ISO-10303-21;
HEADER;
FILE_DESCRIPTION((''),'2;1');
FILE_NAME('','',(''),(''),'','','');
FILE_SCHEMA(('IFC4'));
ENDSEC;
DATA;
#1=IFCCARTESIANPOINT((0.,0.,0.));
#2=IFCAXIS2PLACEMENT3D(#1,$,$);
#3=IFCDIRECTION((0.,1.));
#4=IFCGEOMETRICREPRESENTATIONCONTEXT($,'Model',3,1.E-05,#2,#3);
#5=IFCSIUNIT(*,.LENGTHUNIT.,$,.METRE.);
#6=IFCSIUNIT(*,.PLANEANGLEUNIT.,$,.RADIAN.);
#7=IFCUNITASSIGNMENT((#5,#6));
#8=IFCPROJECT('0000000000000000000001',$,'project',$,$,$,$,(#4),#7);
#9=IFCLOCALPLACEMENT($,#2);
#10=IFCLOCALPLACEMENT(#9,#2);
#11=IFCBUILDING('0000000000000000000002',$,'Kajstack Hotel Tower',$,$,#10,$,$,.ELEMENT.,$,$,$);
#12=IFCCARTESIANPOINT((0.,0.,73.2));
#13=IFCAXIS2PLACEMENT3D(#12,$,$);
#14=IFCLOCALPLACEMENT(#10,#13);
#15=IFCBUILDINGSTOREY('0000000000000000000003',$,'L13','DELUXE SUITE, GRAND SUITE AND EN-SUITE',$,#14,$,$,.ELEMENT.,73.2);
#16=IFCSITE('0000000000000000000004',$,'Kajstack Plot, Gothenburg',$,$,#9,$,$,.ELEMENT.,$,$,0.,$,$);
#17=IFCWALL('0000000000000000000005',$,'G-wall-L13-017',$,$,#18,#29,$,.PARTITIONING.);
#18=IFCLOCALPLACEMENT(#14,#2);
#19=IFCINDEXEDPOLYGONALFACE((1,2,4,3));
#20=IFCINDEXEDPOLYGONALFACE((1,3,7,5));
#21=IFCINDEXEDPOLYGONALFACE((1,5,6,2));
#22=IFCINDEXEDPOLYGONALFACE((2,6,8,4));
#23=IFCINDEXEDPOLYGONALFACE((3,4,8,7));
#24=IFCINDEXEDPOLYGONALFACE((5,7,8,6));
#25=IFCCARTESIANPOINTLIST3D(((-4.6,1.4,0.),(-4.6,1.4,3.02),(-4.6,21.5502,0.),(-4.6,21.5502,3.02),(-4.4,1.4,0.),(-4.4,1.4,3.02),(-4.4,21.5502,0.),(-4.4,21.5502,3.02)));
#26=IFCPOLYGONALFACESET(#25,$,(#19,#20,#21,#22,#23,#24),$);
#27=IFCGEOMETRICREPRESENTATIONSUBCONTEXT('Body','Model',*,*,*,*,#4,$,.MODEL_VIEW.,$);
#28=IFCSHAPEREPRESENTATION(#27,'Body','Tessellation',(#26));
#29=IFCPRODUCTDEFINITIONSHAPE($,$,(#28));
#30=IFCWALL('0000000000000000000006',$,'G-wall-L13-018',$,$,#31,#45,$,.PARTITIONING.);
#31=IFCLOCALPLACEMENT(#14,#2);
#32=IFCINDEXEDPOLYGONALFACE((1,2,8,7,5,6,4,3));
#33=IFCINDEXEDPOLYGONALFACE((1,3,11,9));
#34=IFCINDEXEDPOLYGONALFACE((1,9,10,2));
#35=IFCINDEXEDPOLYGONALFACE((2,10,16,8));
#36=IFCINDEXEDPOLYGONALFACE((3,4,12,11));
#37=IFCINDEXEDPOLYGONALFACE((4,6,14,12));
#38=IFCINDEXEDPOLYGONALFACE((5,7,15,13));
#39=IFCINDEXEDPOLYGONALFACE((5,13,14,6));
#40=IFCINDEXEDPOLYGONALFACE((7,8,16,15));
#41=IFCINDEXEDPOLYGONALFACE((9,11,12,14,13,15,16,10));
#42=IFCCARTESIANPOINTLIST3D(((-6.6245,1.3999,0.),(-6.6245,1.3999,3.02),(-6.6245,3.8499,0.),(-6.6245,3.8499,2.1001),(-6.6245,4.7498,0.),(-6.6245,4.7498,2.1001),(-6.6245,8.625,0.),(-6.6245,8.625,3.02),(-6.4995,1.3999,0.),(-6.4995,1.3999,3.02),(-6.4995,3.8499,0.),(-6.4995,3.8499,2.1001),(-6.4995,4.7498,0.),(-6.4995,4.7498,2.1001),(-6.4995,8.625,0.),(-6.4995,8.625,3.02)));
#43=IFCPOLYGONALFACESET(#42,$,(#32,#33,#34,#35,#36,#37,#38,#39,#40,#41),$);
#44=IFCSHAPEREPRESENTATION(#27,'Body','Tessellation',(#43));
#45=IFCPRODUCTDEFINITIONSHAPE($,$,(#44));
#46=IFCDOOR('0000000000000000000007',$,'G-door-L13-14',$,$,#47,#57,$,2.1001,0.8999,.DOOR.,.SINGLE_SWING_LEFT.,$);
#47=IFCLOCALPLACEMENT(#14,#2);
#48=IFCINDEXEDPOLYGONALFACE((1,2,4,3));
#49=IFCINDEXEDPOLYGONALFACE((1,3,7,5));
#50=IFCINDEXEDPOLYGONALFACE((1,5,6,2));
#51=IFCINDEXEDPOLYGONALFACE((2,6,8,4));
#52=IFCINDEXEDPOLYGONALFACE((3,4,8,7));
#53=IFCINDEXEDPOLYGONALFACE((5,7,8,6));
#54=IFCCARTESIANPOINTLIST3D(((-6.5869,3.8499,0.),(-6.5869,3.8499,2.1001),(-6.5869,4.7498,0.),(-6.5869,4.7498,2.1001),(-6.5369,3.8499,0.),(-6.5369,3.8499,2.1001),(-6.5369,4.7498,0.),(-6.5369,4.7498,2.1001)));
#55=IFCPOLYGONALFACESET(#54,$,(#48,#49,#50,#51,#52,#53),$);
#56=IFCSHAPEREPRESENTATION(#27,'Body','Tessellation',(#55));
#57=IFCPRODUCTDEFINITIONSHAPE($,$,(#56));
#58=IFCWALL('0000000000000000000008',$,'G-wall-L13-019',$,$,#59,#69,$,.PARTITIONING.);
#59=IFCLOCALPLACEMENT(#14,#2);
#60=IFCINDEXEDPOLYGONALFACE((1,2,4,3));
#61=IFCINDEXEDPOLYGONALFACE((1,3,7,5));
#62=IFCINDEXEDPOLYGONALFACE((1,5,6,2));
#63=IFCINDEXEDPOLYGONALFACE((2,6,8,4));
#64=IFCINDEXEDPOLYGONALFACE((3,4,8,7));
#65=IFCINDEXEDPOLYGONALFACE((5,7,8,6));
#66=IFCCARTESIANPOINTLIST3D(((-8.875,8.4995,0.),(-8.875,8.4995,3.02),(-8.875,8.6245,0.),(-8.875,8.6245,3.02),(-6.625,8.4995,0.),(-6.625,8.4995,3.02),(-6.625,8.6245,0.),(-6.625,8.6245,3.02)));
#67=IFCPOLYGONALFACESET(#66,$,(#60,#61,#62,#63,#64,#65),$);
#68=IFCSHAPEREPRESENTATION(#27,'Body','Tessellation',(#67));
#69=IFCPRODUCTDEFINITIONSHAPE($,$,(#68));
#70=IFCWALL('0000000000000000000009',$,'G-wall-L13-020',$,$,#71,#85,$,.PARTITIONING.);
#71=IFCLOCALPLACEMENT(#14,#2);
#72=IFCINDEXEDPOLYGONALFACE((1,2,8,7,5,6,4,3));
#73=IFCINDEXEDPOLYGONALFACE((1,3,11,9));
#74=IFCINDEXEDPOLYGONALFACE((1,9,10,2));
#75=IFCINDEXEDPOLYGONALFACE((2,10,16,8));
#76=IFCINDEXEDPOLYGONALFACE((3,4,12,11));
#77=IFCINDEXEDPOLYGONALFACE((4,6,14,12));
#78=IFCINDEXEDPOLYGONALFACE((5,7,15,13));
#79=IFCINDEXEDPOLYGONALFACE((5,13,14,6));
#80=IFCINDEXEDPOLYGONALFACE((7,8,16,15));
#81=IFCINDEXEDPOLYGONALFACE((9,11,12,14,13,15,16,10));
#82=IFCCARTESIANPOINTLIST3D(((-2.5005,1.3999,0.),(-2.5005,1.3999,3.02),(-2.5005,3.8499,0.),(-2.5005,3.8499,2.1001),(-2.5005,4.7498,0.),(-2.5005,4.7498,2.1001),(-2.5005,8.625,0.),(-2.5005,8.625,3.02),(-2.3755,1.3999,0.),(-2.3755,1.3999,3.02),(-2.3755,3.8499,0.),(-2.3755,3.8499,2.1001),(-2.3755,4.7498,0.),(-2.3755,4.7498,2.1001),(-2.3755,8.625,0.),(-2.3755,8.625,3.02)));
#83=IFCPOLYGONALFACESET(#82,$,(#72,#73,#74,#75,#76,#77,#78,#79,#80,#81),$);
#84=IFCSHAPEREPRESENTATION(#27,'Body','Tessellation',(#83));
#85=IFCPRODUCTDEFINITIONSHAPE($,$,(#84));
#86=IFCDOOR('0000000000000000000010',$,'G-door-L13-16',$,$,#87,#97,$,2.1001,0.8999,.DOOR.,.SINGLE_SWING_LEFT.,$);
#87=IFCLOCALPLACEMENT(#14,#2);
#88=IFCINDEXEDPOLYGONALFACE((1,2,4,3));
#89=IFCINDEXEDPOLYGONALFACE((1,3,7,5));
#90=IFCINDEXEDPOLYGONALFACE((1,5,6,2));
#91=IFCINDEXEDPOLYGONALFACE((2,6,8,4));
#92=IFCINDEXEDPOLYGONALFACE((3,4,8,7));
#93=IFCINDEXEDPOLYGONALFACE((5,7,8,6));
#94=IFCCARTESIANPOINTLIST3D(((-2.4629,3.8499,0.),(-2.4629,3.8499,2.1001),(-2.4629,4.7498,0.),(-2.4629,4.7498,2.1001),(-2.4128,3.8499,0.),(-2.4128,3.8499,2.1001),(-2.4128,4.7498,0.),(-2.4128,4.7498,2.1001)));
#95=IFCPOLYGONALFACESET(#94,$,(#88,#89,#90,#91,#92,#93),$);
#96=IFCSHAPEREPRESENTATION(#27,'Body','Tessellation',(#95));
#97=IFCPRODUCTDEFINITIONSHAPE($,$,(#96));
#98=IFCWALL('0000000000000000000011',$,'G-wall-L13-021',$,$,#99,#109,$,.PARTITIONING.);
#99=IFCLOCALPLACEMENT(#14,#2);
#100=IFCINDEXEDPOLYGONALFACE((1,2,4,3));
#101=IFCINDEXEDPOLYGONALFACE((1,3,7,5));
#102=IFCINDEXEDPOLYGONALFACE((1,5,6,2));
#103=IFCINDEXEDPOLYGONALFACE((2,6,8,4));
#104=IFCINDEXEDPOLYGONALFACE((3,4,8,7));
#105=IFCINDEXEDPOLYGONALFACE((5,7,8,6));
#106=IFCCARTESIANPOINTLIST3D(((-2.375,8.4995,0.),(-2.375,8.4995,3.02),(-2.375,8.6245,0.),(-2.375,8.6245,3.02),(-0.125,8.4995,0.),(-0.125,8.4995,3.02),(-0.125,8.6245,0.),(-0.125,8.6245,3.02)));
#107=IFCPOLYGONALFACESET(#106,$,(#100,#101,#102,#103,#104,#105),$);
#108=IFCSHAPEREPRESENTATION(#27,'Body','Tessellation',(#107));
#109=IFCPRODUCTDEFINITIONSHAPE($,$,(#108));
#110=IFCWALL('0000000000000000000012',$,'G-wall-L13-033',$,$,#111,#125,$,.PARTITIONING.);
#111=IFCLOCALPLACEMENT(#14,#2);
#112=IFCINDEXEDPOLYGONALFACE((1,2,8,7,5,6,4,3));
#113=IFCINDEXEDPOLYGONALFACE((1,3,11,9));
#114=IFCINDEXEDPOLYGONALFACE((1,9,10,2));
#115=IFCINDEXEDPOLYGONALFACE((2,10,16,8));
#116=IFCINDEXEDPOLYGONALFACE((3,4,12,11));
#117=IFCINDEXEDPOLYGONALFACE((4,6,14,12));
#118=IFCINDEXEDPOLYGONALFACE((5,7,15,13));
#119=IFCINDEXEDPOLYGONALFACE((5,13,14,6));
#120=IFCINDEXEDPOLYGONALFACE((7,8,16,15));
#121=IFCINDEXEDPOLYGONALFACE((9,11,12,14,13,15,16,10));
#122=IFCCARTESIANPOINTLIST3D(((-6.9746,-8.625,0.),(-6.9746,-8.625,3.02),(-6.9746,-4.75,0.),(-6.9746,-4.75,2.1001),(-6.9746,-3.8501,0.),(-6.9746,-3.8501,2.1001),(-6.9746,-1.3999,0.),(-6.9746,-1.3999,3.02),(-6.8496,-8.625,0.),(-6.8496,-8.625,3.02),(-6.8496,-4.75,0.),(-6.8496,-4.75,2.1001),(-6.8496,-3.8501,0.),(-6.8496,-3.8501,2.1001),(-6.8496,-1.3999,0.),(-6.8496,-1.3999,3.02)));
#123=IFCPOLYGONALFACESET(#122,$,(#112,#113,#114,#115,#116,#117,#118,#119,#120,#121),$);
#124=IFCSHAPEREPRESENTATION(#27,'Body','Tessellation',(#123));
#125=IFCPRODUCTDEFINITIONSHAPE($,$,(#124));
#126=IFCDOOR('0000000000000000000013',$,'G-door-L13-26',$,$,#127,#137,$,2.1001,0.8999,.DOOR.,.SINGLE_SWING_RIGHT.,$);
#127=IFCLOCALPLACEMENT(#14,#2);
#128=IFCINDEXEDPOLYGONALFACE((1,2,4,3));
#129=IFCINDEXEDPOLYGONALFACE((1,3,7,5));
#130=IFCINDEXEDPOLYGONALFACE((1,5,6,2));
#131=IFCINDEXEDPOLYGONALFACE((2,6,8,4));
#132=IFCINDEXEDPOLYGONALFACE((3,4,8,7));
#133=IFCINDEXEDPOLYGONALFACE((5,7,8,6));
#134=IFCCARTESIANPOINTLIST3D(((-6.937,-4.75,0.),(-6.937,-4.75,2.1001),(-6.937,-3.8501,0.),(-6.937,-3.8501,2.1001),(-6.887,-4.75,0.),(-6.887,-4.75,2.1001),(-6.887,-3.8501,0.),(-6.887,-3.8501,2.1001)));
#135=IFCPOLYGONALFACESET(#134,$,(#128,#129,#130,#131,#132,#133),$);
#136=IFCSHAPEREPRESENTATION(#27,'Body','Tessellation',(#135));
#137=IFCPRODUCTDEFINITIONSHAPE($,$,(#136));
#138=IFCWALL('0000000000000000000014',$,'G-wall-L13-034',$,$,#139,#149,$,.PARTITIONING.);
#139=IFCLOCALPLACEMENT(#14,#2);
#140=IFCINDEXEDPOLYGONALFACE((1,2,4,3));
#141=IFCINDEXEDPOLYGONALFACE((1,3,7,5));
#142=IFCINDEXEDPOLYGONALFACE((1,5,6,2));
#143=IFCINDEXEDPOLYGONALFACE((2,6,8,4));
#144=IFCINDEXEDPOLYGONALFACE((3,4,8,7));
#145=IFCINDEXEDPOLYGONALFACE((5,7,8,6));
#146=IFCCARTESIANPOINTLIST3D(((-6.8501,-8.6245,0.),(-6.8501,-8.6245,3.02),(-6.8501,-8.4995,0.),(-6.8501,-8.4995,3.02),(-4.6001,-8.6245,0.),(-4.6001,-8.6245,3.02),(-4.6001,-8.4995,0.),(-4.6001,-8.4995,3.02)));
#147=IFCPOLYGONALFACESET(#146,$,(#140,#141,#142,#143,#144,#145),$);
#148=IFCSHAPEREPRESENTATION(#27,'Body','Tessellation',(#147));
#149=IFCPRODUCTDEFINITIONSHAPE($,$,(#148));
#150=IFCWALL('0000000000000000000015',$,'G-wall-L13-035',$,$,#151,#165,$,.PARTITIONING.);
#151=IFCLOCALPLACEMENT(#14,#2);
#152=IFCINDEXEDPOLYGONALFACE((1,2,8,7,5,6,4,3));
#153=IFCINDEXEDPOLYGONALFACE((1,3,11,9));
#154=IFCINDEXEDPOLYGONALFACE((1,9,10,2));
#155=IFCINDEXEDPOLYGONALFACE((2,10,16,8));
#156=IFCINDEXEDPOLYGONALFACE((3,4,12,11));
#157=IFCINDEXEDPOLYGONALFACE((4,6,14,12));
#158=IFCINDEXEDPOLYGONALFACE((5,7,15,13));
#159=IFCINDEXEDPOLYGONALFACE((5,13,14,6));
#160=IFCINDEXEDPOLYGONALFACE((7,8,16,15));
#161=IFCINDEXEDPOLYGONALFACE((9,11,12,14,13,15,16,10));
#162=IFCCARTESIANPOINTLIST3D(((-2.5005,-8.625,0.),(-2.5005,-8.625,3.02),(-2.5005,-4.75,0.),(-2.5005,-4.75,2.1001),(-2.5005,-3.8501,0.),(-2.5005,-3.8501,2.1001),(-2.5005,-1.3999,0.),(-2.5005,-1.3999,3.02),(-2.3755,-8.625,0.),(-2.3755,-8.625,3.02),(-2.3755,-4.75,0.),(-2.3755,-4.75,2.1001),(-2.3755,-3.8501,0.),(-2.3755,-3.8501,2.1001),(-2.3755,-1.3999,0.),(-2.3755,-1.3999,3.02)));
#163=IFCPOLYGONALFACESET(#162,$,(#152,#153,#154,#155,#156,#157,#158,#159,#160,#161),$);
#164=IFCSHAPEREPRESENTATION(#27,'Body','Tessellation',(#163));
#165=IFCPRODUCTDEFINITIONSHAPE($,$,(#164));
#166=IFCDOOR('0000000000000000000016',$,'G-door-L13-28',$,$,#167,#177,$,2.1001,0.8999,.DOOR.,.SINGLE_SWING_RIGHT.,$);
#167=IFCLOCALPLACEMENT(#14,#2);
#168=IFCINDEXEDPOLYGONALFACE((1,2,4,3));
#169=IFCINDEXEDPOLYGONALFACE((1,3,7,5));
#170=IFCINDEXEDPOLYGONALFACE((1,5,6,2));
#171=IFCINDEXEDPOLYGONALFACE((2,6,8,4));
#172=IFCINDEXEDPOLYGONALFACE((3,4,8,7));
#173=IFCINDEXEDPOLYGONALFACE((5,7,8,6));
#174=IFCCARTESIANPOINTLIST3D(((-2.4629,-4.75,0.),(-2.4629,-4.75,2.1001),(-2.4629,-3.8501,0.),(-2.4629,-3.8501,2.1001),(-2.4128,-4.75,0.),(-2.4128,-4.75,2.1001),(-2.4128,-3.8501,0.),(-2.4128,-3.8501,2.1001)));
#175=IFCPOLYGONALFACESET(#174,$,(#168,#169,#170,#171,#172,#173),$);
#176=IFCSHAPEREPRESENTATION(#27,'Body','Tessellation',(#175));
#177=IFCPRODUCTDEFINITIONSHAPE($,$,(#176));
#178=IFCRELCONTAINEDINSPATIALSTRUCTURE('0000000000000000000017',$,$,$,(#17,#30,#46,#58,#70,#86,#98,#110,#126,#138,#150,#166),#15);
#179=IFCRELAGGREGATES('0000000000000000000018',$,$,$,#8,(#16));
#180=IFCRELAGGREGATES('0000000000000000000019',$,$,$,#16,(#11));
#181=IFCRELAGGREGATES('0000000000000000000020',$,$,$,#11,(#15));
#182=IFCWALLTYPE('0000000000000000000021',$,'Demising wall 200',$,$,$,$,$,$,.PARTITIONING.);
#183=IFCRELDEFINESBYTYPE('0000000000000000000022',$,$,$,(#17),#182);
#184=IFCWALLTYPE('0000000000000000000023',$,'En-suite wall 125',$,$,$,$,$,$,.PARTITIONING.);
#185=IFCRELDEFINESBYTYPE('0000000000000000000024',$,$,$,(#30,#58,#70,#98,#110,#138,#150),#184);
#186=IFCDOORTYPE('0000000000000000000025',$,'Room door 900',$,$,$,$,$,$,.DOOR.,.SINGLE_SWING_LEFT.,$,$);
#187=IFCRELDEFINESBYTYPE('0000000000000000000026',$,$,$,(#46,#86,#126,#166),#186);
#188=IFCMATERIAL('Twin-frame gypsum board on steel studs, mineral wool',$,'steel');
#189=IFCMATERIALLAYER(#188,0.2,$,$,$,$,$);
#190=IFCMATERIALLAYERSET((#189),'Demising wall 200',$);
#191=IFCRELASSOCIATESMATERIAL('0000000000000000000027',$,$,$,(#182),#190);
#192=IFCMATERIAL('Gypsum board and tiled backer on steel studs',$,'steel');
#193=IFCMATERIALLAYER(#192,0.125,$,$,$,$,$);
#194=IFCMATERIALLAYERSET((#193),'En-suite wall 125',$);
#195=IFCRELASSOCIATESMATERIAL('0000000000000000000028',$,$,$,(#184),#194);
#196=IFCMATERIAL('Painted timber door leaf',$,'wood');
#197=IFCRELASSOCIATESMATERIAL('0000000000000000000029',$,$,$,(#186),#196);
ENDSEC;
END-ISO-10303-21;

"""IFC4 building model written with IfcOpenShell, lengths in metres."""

from ifc_helpers import new_model, si_unit, direction, frame, frame_2d, origin, place, context, subcontext, project, spatial, rectangle, extrude, material, layer, layer_set, type_object, element, fill, save


model = new_model("IFC4")

# Units and contexts
model_context = context("Model", 3, precision=1e-05, world=origin(), true_north=direction((0.0, 1.0)))
body_context = subcontext(model_context, "Body", "Model", "MODEL_VIEW")
ifc_project = project(units=[si_unit("LENGTHUNIT", "METRE"), si_unit("PLANEANGLEUNIT", "RADIAN")], contexts=[model_context])

# Site, building, storey
site_placement = place(None, origin())
site = spatial("IfcSite", under=ifc_project, at=site_placement, Name="Kajstack Plot, Gothenburg", CompositionType="ELEMENT", RefElevation=0.0)
building_placement = place(site_placement, origin())
building = spatial("IfcBuilding", under=site, at=building_placement, Name="Kajstack Hotel Tower", CompositionType="ELEMENT")
storey_placement = place(building_placement, frame((0.0, 0.0, 73.2)))
storey = spatial("IfcBuildingStorey", under=building, at=storey_placement, Name="L13", Description="DELUXE SUITE, GRAND SUITE AND EN-SUITE", CompositionType="ELEMENT", Elevation=73.2)

# Wall
ifc_material_1 = material(Name="Twin-frame gypsum board on steel studs, mineral wool", Category="steel")
ifc_layer_1 = layer(ifc_material_1, 0.2)
ifc_layer_set_1 = layer_set([ifc_layer_1], Name="Demising wall 200")
wall_type_1 = type_object("IfcWallType", Name="Demising wall 200", PredefinedType="PARTITIONING", material=ifc_layer_set_1)
wall_1_placement = place(storey_placement, frame((-4.5, 1.3999, 0.0), z_axis=(0.0, 0.0, 1.0), x_axis=(0.0, 1.0, 0.0)))
element("IfcWall", 1, at=wall_1_placement, inside=storey, type_object=wall_type_1, Name="G-wall-L13-017", PredefinedType="PARTITIONING", context=body_context, shape_type="SweptSolid", body=[
    extrude(rectangle(XDim=20.1501, YDim=0.2, at=frame_2d((10.0752, 0.0))), origin(), (0.0, 0.0, 1.0), 3.02),
])

# Wall, opening, door
ifc_material_2 = material(Name="Gypsum board and tiled backer on steel studs", Category="steel")
ifc_layer_2 = layer(ifc_material_2, 0.125)
ifc_layer_set_2 = layer_set([ifc_layer_2], Name="En-suite wall 125")
wall_type_2 = type_object("IfcWallType", Name="En-suite wall 125", PredefinedType="PARTITIONING", material=ifc_layer_set_2)
wall_2_placement = place(storey_placement, frame((-6.562, 1.3999, 0.0), z_axis=(0.0, 0.0, 1.0), x_axis=(0.0, 1.0, 0.0)))
wall_2 = element("IfcWall", 2, at=wall_2_placement, inside=storey, type_object=wall_type_2, Name="G-wall-L13-018", PredefinedType="PARTITIONING", context=body_context, shape_type="SweptSolid", body=[
    extrude(rectangle(XDim=7.2251, YDim=0.125, at=frame_2d((3.6125, 0.0))), origin(), (0.0, 0.0, 1.0), 3.02),
])
opening_1_placement = place(wall_2_placement, frame((2.45, 0.0, 0.0)))
opening_1 = element("IfcOpeningElement", 3, at=opening_1_placement, cuts=wall_2, PredefinedType="OPENING", context=body_context, shape_type="SweptSolid", body=[
    extrude(rectangle(XDim=0.8999, YDim=2.1001, at=frame_2d((0.45, 1.05))), frame((0.0, 0.0725, 0.0), z_axis=(0.0, -1.0, 0.0), x_axis=(1.0, 0.0, 0.0)), (0.0, 0.0, 1.0), 0.145),
])
ifc_material_3 = material(Name="Painted timber door leaf", Category="wood")
door_type = type_object("IfcDoorType", Name="Room door 900", OperationType="SINGLE_SWING_LEFT", PredefinedType="DOOR", material=ifc_material_3)
door_1_placement = place(opening_1_placement, origin())
door_1 = element("IfcDoor", 4, at=door_1_placement, inside=storey, type_object=door_type, Name="G-door-L13-14", OperationType="SINGLE_SWING_LEFT", OverallHeight=2.1001, OverallWidth=0.8999, PredefinedType="DOOR", context=body_context, shape_type="SweptSolid", body=[
    extrude(rectangle(XDim=0.8999, YDim=2.1001, at=frame_2d((0.45, 1.05))), frame((0.0, 0.0249, 0.0), z_axis=(0.0, -1.0, 0.0), x_axis=(1.0, 0.0, 0.0)), (0.0, 0.0, 1.0), 0.05),
])
fill(opening_1, door_1)

# Wall
wall_3_placement = place(storey_placement, frame((-8.875, 8.562, 0.0), z_axis=(0.0, 0.0, 1.0), x_axis=(1.0, 0.0, 0.0)))
element("IfcWall", 5, at=wall_3_placement, inside=storey, type_object=wall_type_2, Name="G-wall-L13-019", PredefinedType="PARTITIONING", context=body_context, shape_type="SweptSolid", body=[
    extrude(rectangle(XDim=2.25, YDim=0.125, at=frame_2d((1.125, 0.0))), origin(), (0.0, 0.0, 1.0), 3.02),
])

# Wall, opening, door
wall_4_placement = place(storey_placement, frame((-2.438, 1.3999, 0.0), z_axis=(0.0, 0.0, 1.0), x_axis=(0.0, 1.0, 0.0)))
wall_4 = element("IfcWall", 6, at=wall_4_placement, inside=storey, type_object=wall_type_2, Name="G-wall-L13-020", PredefinedType="PARTITIONING", context=body_context, shape_type="SweptSolid", body=[
    extrude(rectangle(XDim=7.2251, YDim=0.125, at=frame_2d((3.6125, 0.0))), origin(), (0.0, 0.0, 1.0), 3.02),
])
opening_2_placement = place(wall_4_placement, frame((2.45, 0.0, 0.0)))
opening_2 = element("IfcOpeningElement", 7, at=opening_2_placement, cuts=wall_4, PredefinedType="OPENING", context=body_context, shape_type="SweptSolid", body=[
    extrude(rectangle(XDim=0.8999, YDim=2.1001, at=frame_2d((0.45, 1.05))), frame((0.0, 0.0725, 0.0), z_axis=(0.0, -1.0, 0.0), x_axis=(1.0, 0.0, 0.0)), (0.0, 0.0, 1.0), 0.145),
])
door_2_placement = place(opening_2_placement, origin())
door_2 = element("IfcDoor", 8, at=door_2_placement, inside=storey, type_object=door_type, Name="G-door-L13-16", OperationType="SINGLE_SWING_LEFT", OverallHeight=2.1001, OverallWidth=0.8999, PredefinedType="DOOR", context=body_context, shape_type="SweptSolid", body=[
    extrude(rectangle(XDim=0.8999, YDim=2.1001, at=frame_2d((0.45, 1.05))), frame((0.0, 0.0249, 0.0), z_axis=(0.0, -1.0, 0.0), x_axis=(1.0, 0.0, 0.0)), (0.0, 0.0, 1.0), 0.05),
])
fill(opening_2, door_2)

# Wall
wall_5_placement = place(storey_placement, frame((-2.375, 8.562, 0.0), z_axis=(0.0, 0.0, 1.0), x_axis=(1.0, 0.0, 0.0)))
element("IfcWall", 9, at=wall_5_placement, inside=storey, type_object=wall_type_2, Name="G-wall-L13-021", PredefinedType="PARTITIONING", context=body_context, shape_type="SweptSolid", body=[
    extrude(rectangle(XDim=2.25, YDim=0.125, at=frame_2d((1.125, 0.0))), origin(), (0.0, 0.0, 1.0), 3.02),
])

# Wall, opening, door
wall_6_placement = place(storey_placement, frame((-6.9121, -8.625, 0.0), z_axis=(0.0, 0.0, 1.0), x_axis=(0.0, 1.0, 0.0)))
wall_6 = element("IfcWall", 10, at=wall_6_placement, inside=storey, type_object=wall_type_2, Name="G-wall-L13-033", PredefinedType="PARTITIONING", context=body_context, shape_type="SweptSolid", body=[
    extrude(rectangle(XDim=7.2251, YDim=0.125, at=frame_2d((3.6125, 0.0))), origin(), (0.0, 0.0, 1.0), 3.02),
])
opening_3_placement = place(wall_6_placement, frame((3.875, 0.0, 0.0)))
opening_3 = element("IfcOpeningElement", 11, at=opening_3_placement, cuts=wall_6, PredefinedType="OPENING", context=body_context, shape_type="SweptSolid", body=[
    extrude(rectangle(XDim=0.8999, YDim=2.1001, at=frame_2d((0.45, 1.05))), frame((0.0, 0.0725, 0.0), z_axis=(0.0, -1.0, 0.0), x_axis=(1.0, 0.0, 0.0)), (0.0, 0.0, 1.0), 0.145),
])
door_3_placement = place(opening_3_placement, origin())
door_3 = element("IfcDoor", 12, at=door_3_placement, inside=storey, type_object=door_type, Name="G-door-L13-26", OperationType="SINGLE_SWING_RIGHT", OverallHeight=2.1001, OverallWidth=0.8999, PredefinedType="DOOR", context=body_context, shape_type="SweptSolid", body=[
    extrude(rectangle(XDim=0.8999, YDim=2.1001, at=frame_2d((0.45, 1.05))), frame((0.0, 0.0249, 0.0), z_axis=(0.0, -1.0, 0.0), x_axis=(1.0, 0.0, 0.0)), (0.0, 0.0, 1.0), 0.05),
])
fill(opening_3, door_3)

# Wall
wall_7_placement = place(storey_placement, frame((-6.8501, -8.562, 0.0), z_axis=(0.0, 0.0, 1.0), x_axis=(1.0, 0.0, 0.0)))
element("IfcWall", 13, at=wall_7_placement, inside=storey, type_object=wall_type_2, Name="G-wall-L13-034", PredefinedType="PARTITIONING", context=body_context, shape_type="SweptSolid", body=[
    extrude(rectangle(XDim=2.25, YDim=0.125, at=frame_2d((1.125, 0.0))), origin(), (0.0, 0.0, 1.0), 3.02),
])

# Wall, opening, door
wall_8_placement = place(storey_placement, frame((-2.438, -8.625, 0.0), z_axis=(0.0, 0.0, 1.0), x_axis=(0.0, 1.0, 0.0)))
wall_8 = element("IfcWall", 14, at=wall_8_placement, inside=storey, type_object=wall_type_2, Name="G-wall-L13-035", PredefinedType="PARTITIONING", context=body_context, shape_type="SweptSolid", body=[
    extrude(rectangle(XDim=7.2251, YDim=0.125, at=frame_2d((3.6125, 0.0))), origin(), (0.0, 0.0, 1.0), 3.02),
])
opening_4_placement = place(wall_8_placement, frame((3.875, 0.0, 0.0)))
opening_4 = element("IfcOpeningElement", 15, at=opening_4_placement, cuts=wall_8, PredefinedType="OPENING", context=body_context, shape_type="SweptSolid", body=[
    extrude(rectangle(XDim=0.8999, YDim=2.1001, at=frame_2d((0.45, 1.05))), frame((0.0, 0.0725, 0.0), z_axis=(0.0, -1.0, 0.0), x_axis=(1.0, 0.0, 0.0)), (0.0, 0.0, 1.0), 0.145),
])
door_4_placement = place(opening_4_placement, origin())
door_4 = element("IfcDoor", 16, at=door_4_placement, inside=storey, type_object=door_type, Name="G-door-L13-28", OperationType="SINGLE_SWING_RIGHT", OverallHeight=2.1001, OverallWidth=0.8999, PredefinedType="DOOR", context=body_context, shape_type="SweptSolid", body=[
    extrude(rectangle(XDim=0.8999, YDim=2.1001, at=frame_2d((0.45, 1.05))), frame((0.0, 0.0249, 0.0), z_axis=(0.0, -1.0, 0.0), x_axis=(1.0, 0.0, 0.0)), (0.0, 0.0, 1.0), 0.05),
])
fill(opening_4, door_4)

save(model, "model.ifc")
